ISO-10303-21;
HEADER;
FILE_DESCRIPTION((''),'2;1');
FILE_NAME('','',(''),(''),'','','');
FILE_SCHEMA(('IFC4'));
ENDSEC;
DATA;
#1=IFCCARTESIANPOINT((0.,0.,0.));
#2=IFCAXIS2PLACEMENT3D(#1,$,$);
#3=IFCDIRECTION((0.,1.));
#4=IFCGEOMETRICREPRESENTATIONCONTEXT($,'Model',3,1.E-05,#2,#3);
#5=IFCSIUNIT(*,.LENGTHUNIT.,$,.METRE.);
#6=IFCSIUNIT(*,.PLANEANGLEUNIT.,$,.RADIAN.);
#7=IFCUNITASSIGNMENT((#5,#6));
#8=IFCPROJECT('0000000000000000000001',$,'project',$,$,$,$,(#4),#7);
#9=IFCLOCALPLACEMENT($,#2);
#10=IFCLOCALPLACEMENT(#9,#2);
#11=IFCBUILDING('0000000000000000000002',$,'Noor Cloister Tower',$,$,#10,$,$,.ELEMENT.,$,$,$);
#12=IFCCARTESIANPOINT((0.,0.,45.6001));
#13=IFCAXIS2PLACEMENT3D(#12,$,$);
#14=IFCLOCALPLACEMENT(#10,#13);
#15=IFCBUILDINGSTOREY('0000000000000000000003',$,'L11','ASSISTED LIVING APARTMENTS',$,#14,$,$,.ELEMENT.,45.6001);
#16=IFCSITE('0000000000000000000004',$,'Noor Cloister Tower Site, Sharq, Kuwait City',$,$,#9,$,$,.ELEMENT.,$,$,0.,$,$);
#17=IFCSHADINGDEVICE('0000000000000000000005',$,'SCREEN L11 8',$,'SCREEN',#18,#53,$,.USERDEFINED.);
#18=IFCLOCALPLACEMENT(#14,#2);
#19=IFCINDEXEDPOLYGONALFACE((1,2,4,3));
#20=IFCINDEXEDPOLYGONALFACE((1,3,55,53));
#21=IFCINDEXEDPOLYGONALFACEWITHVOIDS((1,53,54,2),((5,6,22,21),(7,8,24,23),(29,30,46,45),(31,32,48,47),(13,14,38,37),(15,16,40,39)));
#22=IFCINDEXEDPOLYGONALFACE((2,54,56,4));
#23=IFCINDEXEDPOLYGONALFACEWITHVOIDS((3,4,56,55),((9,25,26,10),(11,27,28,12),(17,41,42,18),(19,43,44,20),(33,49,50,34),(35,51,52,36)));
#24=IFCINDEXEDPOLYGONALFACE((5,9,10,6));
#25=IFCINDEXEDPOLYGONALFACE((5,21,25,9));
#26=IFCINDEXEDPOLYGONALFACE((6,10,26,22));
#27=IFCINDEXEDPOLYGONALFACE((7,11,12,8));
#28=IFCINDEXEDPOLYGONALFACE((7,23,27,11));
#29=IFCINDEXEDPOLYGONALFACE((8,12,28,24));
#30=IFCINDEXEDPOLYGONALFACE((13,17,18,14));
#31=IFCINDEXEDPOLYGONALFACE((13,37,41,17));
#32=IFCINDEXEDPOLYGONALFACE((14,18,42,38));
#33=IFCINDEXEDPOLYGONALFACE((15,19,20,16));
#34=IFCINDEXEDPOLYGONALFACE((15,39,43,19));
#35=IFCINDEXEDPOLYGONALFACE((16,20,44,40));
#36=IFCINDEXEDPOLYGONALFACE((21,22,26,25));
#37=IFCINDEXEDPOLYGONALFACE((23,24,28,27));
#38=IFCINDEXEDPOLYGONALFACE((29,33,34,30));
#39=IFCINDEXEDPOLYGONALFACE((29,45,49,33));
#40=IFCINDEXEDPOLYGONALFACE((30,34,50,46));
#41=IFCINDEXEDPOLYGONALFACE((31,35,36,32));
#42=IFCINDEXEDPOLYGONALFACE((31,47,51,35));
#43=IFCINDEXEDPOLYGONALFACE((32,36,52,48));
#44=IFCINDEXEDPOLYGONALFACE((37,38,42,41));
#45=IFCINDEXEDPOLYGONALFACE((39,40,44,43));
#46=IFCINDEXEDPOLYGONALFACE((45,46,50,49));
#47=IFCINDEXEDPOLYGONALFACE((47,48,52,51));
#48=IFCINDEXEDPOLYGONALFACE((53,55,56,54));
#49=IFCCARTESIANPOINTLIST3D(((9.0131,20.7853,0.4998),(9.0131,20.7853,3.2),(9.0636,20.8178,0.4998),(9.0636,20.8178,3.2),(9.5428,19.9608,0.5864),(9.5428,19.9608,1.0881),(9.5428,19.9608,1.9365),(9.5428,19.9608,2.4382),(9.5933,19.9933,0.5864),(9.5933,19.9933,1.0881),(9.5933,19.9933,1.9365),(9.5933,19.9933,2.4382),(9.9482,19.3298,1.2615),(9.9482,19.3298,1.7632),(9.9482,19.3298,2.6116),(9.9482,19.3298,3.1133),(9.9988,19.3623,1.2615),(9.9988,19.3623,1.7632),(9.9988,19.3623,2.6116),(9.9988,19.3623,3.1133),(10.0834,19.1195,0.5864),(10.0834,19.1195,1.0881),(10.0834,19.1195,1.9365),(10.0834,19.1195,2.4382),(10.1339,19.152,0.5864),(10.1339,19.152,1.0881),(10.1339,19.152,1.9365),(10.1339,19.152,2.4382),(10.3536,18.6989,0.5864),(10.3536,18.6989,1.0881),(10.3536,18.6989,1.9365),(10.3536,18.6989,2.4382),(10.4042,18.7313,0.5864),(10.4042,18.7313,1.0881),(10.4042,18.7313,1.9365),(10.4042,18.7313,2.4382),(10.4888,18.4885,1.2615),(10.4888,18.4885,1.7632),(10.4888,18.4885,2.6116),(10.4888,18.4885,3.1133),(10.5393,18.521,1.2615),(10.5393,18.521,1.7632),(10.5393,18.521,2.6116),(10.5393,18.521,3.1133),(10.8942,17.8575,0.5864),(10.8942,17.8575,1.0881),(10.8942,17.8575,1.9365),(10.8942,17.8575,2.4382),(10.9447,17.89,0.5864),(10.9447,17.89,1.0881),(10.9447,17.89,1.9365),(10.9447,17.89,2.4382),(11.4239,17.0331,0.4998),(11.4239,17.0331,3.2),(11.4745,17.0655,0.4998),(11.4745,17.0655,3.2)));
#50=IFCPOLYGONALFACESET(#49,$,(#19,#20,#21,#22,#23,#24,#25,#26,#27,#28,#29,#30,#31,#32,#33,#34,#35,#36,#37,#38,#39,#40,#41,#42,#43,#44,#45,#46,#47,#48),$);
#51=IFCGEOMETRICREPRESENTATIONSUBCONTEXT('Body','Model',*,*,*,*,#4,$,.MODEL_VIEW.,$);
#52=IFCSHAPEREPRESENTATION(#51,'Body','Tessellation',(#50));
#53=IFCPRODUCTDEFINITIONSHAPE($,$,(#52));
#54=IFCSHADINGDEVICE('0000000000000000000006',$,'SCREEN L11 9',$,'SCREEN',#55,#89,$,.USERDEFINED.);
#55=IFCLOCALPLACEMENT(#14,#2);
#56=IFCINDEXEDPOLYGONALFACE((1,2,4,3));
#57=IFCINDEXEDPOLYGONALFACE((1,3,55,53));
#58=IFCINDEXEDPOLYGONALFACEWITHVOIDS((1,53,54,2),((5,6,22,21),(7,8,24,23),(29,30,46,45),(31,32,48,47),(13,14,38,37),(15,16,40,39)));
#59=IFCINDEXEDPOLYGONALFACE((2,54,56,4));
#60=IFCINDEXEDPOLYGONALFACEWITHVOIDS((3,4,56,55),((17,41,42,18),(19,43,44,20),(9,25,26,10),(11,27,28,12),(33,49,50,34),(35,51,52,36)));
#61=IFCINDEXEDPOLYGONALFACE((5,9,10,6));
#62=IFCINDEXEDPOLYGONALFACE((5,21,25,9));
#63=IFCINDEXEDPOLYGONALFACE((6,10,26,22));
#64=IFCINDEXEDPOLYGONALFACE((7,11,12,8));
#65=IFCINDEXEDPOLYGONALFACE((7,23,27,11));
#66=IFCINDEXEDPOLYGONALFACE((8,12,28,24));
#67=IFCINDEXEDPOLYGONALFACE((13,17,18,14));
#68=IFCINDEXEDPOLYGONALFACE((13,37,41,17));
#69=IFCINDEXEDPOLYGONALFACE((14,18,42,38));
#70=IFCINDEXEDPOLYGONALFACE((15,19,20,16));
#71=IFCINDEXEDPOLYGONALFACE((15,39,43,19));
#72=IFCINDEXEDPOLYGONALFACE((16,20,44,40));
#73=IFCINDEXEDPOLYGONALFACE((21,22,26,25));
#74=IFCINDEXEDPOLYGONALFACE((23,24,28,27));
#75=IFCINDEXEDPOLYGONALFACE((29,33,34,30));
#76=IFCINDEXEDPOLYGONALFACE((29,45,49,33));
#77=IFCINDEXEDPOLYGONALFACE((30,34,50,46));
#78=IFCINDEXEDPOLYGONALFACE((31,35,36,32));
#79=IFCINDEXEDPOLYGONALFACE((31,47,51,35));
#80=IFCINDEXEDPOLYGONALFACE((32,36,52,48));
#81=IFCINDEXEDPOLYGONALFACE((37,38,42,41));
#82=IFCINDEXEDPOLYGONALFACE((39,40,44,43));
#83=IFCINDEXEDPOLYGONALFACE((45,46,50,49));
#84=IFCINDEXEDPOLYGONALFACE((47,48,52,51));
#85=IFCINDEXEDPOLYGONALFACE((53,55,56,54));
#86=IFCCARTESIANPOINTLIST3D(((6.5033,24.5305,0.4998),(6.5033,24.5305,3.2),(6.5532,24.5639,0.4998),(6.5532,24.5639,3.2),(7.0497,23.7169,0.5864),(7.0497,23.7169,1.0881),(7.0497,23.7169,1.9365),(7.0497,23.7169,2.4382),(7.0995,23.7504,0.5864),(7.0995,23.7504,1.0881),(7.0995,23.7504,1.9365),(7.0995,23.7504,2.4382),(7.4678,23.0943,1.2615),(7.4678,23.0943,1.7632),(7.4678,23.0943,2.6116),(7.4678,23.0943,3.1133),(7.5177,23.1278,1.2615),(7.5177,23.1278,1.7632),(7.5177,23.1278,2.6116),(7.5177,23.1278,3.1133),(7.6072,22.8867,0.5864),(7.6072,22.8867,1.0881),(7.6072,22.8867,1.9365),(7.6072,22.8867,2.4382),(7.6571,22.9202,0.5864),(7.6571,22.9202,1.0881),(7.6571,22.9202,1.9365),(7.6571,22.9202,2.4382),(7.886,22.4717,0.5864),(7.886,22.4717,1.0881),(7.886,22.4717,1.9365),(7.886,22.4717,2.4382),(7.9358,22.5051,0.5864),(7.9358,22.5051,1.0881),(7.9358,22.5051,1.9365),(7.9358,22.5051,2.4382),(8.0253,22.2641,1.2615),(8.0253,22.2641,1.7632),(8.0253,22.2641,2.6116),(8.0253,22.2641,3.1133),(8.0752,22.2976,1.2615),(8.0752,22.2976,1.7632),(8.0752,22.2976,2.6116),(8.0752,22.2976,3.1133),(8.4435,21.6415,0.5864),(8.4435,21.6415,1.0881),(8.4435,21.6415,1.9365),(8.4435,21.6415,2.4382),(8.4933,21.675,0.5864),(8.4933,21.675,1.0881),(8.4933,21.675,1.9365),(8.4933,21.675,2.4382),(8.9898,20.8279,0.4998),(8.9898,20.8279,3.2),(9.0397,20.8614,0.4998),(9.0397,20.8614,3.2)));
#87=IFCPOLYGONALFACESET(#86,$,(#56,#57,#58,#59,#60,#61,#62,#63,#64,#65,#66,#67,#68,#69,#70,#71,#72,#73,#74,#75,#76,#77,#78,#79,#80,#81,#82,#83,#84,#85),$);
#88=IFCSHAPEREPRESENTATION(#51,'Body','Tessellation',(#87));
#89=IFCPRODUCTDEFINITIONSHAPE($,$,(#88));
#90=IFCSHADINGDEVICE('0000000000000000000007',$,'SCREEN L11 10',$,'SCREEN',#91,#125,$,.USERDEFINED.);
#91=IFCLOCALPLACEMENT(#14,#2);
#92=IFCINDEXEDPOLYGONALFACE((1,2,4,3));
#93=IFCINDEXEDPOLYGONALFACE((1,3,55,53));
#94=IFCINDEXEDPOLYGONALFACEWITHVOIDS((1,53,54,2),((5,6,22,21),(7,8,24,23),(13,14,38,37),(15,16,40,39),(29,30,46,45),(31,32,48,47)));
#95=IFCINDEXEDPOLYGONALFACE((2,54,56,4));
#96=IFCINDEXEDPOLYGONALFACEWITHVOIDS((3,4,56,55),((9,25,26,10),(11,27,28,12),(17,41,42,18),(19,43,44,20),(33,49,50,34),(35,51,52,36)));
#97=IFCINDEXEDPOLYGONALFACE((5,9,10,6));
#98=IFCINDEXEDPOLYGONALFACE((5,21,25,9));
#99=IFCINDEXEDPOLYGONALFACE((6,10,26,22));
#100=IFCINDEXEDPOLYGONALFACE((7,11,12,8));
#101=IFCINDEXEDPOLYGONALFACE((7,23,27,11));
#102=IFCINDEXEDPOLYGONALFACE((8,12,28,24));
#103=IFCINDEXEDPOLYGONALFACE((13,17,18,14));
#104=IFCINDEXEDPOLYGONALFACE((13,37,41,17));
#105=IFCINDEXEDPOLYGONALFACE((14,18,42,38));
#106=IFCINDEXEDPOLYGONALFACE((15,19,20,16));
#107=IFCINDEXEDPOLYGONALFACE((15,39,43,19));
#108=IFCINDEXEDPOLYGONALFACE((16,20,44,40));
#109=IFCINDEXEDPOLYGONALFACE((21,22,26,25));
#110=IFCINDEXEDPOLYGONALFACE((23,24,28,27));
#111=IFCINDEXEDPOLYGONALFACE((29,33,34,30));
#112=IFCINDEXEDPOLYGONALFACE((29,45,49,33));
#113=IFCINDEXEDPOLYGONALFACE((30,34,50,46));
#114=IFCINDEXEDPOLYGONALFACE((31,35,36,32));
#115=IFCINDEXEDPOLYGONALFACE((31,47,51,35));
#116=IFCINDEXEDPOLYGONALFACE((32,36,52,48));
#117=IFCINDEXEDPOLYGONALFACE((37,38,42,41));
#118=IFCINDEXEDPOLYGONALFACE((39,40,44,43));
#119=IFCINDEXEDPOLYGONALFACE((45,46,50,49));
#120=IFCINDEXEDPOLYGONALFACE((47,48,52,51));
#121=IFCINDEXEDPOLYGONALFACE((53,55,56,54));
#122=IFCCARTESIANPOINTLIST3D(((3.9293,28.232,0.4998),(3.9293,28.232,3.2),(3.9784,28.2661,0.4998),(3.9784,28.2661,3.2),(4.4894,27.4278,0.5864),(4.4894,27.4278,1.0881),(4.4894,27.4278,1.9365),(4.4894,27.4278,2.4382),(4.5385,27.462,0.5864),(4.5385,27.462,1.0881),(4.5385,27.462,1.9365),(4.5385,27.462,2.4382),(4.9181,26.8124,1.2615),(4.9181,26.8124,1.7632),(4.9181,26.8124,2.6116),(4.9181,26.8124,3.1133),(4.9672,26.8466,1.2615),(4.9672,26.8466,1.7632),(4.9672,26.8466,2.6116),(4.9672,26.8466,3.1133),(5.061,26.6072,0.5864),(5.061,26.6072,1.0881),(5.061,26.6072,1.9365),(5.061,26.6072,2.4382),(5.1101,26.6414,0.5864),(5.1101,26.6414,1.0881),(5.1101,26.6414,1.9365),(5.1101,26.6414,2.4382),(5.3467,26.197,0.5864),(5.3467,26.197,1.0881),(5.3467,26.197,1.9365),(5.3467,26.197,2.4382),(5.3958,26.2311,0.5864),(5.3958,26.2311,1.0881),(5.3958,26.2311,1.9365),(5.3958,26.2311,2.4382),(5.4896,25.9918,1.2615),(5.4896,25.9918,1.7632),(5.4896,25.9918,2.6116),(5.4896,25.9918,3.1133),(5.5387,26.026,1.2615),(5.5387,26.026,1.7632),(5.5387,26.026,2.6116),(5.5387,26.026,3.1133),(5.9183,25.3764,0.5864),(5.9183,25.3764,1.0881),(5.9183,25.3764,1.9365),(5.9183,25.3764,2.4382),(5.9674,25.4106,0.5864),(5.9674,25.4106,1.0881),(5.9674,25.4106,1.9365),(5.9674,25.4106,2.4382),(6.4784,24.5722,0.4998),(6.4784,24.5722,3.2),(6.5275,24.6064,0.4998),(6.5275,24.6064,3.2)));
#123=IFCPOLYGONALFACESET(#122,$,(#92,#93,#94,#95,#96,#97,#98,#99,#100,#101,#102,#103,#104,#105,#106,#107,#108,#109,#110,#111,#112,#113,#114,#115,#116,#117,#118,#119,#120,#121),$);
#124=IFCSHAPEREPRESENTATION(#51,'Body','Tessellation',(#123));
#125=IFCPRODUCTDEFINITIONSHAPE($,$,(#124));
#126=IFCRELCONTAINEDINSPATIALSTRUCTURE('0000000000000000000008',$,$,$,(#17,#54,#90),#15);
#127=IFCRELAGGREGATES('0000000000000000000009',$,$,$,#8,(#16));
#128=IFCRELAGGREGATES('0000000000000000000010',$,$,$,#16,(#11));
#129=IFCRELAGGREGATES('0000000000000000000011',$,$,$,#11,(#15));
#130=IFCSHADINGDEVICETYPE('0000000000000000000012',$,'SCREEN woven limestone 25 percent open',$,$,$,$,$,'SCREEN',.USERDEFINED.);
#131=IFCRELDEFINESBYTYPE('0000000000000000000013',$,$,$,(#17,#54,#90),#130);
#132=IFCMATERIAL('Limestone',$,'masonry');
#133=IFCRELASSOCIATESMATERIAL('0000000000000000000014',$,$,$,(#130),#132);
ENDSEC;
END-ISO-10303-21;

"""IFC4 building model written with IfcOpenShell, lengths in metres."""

from ifc_helpers import new_model, si_unit, direction, frame, origin, place, context, subcontext, project, spatial, polyline, outline, extrude, material, material_profile, profile_set, type_object, element, save


model = new_model("IFC4")

# Units and contexts
model_context = context("Model", 3, precision=1e-05, world=origin(), true_north=direction((0.0, 1.0)))
body_context = subcontext(model_context, "Body", "Model", "MODEL_VIEW")
ifc_project = project(units=[si_unit("LENGTHUNIT", "METRE"), si_unit("PLANEANGLEUNIT", "RADIAN")], contexts=[model_context])

# Site, building, storey
site_placement = place(None, origin())
site = spatial("IfcSite", under=ifc_project, at=site_placement, Name="Noor Cloister Tower Site, Sharq, Kuwait City", CompositionType="ELEMENT", RefElevation=0.0)
building_placement = place(site_placement, origin())
building = spatial("IfcBuilding", under=site, at=building_placement, Name="Noor Cloister Tower", CompositionType="ELEMENT")
storey_placement = place(building_placement, frame((0.0, 0.0, 45.6001)))
storey = spatial("IfcBuildingStorey", under=building, at=storey_placement, Name="L11", Description="ASSISTED LIVING APARTMENTS", CompositionType="ELEMENT", Elevation=45.6001)

# Shading devices
ifc_material_1 = material(Name="Limestone", Category="masonry")
ifc_material_profile_1 = material_profile(ifc_material_1, outline(polyline([(-2.23, -1.3501), (2.23, -1.3501), (2.23, 1.3501), (-2.23, 1.3501), (-2.23, -1.3501)]), holes=[polyline([(-1.25, -1.2634), (-0.25, -1.2634), (-0.25, -0.7617), (-1.25, -0.7617), (-1.25, -1.2634)]), polyline([(0.25, -1.2634), (1.25, -1.2634), (1.25, -0.7617), (0.25, -0.7617), (0.25, -1.2634)]), polyline([(-0.5, -0.5884), (0.5, -0.5884), (0.5, -0.0867), (-0.5, -0.0867), (-0.5, -0.5884)]), polyline([(-1.25, 0.0867), (-0.25, 0.0867), (-0.25, 0.5884), (-1.25, 0.5884), (-1.25, 0.0867)]), polyline([(0.25, 0.0867), (1.25, 0.0867), (1.25, 0.5884), (0.25, 0.5884), (0.25, 0.0867)]), polyline([(-0.5, 0.7617), (0.5, 0.7617), (0.5, 1.2634), (-0.5, 1.2634), (-0.5, 0.7617)])]), Name="Woven screen 25 percent open")
ifc_profile_set_1 = profile_set([ifc_material_profile_1], Name="Limestone")
shading_device_type = type_object("IfcShadingDeviceType", Name="SCREEN woven limestone 25 percent open", ElementType="SCREEN", PredefinedType="USERDEFINED", material=ifc_profile_set_1)
for number, where, z_axis, x_axis, name in (
    (1, (10.2185, 18.9092, 1.8499), (0.841311, 0.540552, 0.0), (-0.540552, 0.841311, 0.0), "SCREEN L11 8"),
    (2, (7.7466, 22.6792, 1.8499), (0.830167, 0.557514, 0.0), (-0.557514, 0.830167, 0.0), "SCREEN L11 9"),
):
    element("IfcShadingDevice", number, at=place(storey_placement, frame(where, z_axis=z_axis, x_axis=x_axis)), inside=storey, type_object=shading_device_type, Name=name, ObjectType="SCREEN", PredefinedType="USERDEFINED", context=body_context, shape_type="SweptSolid", body=[
        extrude(outline(polyline([(-2.23, -1.3501), (2.23, -1.3501), (2.23, 1.3501), (-2.23, 1.3501), (-2.23, -1.3501)]), holes=[polyline([(-1.25, -1.2634), (-0.25, -1.2634), (-0.25, -0.7617), (-1.25, -0.7617), (-1.25, -1.2634)]), polyline([(0.25, -1.2634), (1.25, -1.2634), (1.25, -0.7617), (0.25, -0.7617), (0.25, -1.2634)]), polyline([(-0.5, -0.5884), (0.5, -0.5884), (0.5, -0.0867), (-0.5, -0.0867), (-0.5, -0.5884)]), polyline([(-1.25, 0.0867), (-0.25, 0.0867), (-0.25, 0.5884), (-1.25, 0.5884), (-1.25, 0.0867)]), polyline([(0.25, 0.0867), (1.25, 0.0867), (1.25, 0.5884), (0.25, 0.5884), (0.25, 0.0867)]), polyline([(-0.5, 0.7617), (0.5, 0.7617), (0.5, 1.2634), (-0.5, 1.2634), (-0.5, 0.7617)])]), origin(), (0.0, 0.0, 1.0), 0.0601),
    ])
shading_device_placement = place(storey_placement, frame((5.2039, 26.4021, 1.8499), z_axis=(0.820572, 0.571543, 0.0), x_axis=(-0.571543, 0.820572, 0.0)))
element("IfcShadingDevice", 3, at=shading_device_placement, inside=storey, type_object=shading_device_type, Name="SCREEN L11 10", ObjectType="SCREEN", PredefinedType="USERDEFINED", context=body_context, shape_type="SweptSolid", body=[
    extrude(outline(polyline([(-2.23, -1.3501), (2.23, -1.3501), (2.23, 1.3501), (-2.23, 1.3501), (-2.23, -1.3501)]), holes=[polyline([(-1.25, -1.2634), (-0.25, -1.2634), (-0.25, -0.7617), (-1.25, -0.7617), (-1.25, -1.2634)]), polyline([(0.25, -1.2634), (1.25, -1.2634), (1.25, -0.7617), (0.25, -0.7617), (0.25, -1.2634)]), polyline([(-0.5, -0.5884), (0.5, -0.5884), (0.5, -0.0867), (-0.5, -0.0867), (-0.5, -0.5884)]), polyline([(-1.25, 0.0867), (-0.25, 0.0867), (-0.25, 0.5884), (-1.25, 0.5884), (-1.25, 0.0867)]), polyline([(0.25, 0.0867), (1.25, 0.0867), (1.25, 0.5884), (0.25, 0.5884), (0.25, 0.0867)]), polyline([(-0.5, 0.7617), (0.5, 0.7617), (0.5, 1.2634), (-0.5, 1.2634), (-0.5, 0.7617)])]), origin(), (0.0, 0.0, 1.0), 0.0598),
])

save(model, "model.ifc")
